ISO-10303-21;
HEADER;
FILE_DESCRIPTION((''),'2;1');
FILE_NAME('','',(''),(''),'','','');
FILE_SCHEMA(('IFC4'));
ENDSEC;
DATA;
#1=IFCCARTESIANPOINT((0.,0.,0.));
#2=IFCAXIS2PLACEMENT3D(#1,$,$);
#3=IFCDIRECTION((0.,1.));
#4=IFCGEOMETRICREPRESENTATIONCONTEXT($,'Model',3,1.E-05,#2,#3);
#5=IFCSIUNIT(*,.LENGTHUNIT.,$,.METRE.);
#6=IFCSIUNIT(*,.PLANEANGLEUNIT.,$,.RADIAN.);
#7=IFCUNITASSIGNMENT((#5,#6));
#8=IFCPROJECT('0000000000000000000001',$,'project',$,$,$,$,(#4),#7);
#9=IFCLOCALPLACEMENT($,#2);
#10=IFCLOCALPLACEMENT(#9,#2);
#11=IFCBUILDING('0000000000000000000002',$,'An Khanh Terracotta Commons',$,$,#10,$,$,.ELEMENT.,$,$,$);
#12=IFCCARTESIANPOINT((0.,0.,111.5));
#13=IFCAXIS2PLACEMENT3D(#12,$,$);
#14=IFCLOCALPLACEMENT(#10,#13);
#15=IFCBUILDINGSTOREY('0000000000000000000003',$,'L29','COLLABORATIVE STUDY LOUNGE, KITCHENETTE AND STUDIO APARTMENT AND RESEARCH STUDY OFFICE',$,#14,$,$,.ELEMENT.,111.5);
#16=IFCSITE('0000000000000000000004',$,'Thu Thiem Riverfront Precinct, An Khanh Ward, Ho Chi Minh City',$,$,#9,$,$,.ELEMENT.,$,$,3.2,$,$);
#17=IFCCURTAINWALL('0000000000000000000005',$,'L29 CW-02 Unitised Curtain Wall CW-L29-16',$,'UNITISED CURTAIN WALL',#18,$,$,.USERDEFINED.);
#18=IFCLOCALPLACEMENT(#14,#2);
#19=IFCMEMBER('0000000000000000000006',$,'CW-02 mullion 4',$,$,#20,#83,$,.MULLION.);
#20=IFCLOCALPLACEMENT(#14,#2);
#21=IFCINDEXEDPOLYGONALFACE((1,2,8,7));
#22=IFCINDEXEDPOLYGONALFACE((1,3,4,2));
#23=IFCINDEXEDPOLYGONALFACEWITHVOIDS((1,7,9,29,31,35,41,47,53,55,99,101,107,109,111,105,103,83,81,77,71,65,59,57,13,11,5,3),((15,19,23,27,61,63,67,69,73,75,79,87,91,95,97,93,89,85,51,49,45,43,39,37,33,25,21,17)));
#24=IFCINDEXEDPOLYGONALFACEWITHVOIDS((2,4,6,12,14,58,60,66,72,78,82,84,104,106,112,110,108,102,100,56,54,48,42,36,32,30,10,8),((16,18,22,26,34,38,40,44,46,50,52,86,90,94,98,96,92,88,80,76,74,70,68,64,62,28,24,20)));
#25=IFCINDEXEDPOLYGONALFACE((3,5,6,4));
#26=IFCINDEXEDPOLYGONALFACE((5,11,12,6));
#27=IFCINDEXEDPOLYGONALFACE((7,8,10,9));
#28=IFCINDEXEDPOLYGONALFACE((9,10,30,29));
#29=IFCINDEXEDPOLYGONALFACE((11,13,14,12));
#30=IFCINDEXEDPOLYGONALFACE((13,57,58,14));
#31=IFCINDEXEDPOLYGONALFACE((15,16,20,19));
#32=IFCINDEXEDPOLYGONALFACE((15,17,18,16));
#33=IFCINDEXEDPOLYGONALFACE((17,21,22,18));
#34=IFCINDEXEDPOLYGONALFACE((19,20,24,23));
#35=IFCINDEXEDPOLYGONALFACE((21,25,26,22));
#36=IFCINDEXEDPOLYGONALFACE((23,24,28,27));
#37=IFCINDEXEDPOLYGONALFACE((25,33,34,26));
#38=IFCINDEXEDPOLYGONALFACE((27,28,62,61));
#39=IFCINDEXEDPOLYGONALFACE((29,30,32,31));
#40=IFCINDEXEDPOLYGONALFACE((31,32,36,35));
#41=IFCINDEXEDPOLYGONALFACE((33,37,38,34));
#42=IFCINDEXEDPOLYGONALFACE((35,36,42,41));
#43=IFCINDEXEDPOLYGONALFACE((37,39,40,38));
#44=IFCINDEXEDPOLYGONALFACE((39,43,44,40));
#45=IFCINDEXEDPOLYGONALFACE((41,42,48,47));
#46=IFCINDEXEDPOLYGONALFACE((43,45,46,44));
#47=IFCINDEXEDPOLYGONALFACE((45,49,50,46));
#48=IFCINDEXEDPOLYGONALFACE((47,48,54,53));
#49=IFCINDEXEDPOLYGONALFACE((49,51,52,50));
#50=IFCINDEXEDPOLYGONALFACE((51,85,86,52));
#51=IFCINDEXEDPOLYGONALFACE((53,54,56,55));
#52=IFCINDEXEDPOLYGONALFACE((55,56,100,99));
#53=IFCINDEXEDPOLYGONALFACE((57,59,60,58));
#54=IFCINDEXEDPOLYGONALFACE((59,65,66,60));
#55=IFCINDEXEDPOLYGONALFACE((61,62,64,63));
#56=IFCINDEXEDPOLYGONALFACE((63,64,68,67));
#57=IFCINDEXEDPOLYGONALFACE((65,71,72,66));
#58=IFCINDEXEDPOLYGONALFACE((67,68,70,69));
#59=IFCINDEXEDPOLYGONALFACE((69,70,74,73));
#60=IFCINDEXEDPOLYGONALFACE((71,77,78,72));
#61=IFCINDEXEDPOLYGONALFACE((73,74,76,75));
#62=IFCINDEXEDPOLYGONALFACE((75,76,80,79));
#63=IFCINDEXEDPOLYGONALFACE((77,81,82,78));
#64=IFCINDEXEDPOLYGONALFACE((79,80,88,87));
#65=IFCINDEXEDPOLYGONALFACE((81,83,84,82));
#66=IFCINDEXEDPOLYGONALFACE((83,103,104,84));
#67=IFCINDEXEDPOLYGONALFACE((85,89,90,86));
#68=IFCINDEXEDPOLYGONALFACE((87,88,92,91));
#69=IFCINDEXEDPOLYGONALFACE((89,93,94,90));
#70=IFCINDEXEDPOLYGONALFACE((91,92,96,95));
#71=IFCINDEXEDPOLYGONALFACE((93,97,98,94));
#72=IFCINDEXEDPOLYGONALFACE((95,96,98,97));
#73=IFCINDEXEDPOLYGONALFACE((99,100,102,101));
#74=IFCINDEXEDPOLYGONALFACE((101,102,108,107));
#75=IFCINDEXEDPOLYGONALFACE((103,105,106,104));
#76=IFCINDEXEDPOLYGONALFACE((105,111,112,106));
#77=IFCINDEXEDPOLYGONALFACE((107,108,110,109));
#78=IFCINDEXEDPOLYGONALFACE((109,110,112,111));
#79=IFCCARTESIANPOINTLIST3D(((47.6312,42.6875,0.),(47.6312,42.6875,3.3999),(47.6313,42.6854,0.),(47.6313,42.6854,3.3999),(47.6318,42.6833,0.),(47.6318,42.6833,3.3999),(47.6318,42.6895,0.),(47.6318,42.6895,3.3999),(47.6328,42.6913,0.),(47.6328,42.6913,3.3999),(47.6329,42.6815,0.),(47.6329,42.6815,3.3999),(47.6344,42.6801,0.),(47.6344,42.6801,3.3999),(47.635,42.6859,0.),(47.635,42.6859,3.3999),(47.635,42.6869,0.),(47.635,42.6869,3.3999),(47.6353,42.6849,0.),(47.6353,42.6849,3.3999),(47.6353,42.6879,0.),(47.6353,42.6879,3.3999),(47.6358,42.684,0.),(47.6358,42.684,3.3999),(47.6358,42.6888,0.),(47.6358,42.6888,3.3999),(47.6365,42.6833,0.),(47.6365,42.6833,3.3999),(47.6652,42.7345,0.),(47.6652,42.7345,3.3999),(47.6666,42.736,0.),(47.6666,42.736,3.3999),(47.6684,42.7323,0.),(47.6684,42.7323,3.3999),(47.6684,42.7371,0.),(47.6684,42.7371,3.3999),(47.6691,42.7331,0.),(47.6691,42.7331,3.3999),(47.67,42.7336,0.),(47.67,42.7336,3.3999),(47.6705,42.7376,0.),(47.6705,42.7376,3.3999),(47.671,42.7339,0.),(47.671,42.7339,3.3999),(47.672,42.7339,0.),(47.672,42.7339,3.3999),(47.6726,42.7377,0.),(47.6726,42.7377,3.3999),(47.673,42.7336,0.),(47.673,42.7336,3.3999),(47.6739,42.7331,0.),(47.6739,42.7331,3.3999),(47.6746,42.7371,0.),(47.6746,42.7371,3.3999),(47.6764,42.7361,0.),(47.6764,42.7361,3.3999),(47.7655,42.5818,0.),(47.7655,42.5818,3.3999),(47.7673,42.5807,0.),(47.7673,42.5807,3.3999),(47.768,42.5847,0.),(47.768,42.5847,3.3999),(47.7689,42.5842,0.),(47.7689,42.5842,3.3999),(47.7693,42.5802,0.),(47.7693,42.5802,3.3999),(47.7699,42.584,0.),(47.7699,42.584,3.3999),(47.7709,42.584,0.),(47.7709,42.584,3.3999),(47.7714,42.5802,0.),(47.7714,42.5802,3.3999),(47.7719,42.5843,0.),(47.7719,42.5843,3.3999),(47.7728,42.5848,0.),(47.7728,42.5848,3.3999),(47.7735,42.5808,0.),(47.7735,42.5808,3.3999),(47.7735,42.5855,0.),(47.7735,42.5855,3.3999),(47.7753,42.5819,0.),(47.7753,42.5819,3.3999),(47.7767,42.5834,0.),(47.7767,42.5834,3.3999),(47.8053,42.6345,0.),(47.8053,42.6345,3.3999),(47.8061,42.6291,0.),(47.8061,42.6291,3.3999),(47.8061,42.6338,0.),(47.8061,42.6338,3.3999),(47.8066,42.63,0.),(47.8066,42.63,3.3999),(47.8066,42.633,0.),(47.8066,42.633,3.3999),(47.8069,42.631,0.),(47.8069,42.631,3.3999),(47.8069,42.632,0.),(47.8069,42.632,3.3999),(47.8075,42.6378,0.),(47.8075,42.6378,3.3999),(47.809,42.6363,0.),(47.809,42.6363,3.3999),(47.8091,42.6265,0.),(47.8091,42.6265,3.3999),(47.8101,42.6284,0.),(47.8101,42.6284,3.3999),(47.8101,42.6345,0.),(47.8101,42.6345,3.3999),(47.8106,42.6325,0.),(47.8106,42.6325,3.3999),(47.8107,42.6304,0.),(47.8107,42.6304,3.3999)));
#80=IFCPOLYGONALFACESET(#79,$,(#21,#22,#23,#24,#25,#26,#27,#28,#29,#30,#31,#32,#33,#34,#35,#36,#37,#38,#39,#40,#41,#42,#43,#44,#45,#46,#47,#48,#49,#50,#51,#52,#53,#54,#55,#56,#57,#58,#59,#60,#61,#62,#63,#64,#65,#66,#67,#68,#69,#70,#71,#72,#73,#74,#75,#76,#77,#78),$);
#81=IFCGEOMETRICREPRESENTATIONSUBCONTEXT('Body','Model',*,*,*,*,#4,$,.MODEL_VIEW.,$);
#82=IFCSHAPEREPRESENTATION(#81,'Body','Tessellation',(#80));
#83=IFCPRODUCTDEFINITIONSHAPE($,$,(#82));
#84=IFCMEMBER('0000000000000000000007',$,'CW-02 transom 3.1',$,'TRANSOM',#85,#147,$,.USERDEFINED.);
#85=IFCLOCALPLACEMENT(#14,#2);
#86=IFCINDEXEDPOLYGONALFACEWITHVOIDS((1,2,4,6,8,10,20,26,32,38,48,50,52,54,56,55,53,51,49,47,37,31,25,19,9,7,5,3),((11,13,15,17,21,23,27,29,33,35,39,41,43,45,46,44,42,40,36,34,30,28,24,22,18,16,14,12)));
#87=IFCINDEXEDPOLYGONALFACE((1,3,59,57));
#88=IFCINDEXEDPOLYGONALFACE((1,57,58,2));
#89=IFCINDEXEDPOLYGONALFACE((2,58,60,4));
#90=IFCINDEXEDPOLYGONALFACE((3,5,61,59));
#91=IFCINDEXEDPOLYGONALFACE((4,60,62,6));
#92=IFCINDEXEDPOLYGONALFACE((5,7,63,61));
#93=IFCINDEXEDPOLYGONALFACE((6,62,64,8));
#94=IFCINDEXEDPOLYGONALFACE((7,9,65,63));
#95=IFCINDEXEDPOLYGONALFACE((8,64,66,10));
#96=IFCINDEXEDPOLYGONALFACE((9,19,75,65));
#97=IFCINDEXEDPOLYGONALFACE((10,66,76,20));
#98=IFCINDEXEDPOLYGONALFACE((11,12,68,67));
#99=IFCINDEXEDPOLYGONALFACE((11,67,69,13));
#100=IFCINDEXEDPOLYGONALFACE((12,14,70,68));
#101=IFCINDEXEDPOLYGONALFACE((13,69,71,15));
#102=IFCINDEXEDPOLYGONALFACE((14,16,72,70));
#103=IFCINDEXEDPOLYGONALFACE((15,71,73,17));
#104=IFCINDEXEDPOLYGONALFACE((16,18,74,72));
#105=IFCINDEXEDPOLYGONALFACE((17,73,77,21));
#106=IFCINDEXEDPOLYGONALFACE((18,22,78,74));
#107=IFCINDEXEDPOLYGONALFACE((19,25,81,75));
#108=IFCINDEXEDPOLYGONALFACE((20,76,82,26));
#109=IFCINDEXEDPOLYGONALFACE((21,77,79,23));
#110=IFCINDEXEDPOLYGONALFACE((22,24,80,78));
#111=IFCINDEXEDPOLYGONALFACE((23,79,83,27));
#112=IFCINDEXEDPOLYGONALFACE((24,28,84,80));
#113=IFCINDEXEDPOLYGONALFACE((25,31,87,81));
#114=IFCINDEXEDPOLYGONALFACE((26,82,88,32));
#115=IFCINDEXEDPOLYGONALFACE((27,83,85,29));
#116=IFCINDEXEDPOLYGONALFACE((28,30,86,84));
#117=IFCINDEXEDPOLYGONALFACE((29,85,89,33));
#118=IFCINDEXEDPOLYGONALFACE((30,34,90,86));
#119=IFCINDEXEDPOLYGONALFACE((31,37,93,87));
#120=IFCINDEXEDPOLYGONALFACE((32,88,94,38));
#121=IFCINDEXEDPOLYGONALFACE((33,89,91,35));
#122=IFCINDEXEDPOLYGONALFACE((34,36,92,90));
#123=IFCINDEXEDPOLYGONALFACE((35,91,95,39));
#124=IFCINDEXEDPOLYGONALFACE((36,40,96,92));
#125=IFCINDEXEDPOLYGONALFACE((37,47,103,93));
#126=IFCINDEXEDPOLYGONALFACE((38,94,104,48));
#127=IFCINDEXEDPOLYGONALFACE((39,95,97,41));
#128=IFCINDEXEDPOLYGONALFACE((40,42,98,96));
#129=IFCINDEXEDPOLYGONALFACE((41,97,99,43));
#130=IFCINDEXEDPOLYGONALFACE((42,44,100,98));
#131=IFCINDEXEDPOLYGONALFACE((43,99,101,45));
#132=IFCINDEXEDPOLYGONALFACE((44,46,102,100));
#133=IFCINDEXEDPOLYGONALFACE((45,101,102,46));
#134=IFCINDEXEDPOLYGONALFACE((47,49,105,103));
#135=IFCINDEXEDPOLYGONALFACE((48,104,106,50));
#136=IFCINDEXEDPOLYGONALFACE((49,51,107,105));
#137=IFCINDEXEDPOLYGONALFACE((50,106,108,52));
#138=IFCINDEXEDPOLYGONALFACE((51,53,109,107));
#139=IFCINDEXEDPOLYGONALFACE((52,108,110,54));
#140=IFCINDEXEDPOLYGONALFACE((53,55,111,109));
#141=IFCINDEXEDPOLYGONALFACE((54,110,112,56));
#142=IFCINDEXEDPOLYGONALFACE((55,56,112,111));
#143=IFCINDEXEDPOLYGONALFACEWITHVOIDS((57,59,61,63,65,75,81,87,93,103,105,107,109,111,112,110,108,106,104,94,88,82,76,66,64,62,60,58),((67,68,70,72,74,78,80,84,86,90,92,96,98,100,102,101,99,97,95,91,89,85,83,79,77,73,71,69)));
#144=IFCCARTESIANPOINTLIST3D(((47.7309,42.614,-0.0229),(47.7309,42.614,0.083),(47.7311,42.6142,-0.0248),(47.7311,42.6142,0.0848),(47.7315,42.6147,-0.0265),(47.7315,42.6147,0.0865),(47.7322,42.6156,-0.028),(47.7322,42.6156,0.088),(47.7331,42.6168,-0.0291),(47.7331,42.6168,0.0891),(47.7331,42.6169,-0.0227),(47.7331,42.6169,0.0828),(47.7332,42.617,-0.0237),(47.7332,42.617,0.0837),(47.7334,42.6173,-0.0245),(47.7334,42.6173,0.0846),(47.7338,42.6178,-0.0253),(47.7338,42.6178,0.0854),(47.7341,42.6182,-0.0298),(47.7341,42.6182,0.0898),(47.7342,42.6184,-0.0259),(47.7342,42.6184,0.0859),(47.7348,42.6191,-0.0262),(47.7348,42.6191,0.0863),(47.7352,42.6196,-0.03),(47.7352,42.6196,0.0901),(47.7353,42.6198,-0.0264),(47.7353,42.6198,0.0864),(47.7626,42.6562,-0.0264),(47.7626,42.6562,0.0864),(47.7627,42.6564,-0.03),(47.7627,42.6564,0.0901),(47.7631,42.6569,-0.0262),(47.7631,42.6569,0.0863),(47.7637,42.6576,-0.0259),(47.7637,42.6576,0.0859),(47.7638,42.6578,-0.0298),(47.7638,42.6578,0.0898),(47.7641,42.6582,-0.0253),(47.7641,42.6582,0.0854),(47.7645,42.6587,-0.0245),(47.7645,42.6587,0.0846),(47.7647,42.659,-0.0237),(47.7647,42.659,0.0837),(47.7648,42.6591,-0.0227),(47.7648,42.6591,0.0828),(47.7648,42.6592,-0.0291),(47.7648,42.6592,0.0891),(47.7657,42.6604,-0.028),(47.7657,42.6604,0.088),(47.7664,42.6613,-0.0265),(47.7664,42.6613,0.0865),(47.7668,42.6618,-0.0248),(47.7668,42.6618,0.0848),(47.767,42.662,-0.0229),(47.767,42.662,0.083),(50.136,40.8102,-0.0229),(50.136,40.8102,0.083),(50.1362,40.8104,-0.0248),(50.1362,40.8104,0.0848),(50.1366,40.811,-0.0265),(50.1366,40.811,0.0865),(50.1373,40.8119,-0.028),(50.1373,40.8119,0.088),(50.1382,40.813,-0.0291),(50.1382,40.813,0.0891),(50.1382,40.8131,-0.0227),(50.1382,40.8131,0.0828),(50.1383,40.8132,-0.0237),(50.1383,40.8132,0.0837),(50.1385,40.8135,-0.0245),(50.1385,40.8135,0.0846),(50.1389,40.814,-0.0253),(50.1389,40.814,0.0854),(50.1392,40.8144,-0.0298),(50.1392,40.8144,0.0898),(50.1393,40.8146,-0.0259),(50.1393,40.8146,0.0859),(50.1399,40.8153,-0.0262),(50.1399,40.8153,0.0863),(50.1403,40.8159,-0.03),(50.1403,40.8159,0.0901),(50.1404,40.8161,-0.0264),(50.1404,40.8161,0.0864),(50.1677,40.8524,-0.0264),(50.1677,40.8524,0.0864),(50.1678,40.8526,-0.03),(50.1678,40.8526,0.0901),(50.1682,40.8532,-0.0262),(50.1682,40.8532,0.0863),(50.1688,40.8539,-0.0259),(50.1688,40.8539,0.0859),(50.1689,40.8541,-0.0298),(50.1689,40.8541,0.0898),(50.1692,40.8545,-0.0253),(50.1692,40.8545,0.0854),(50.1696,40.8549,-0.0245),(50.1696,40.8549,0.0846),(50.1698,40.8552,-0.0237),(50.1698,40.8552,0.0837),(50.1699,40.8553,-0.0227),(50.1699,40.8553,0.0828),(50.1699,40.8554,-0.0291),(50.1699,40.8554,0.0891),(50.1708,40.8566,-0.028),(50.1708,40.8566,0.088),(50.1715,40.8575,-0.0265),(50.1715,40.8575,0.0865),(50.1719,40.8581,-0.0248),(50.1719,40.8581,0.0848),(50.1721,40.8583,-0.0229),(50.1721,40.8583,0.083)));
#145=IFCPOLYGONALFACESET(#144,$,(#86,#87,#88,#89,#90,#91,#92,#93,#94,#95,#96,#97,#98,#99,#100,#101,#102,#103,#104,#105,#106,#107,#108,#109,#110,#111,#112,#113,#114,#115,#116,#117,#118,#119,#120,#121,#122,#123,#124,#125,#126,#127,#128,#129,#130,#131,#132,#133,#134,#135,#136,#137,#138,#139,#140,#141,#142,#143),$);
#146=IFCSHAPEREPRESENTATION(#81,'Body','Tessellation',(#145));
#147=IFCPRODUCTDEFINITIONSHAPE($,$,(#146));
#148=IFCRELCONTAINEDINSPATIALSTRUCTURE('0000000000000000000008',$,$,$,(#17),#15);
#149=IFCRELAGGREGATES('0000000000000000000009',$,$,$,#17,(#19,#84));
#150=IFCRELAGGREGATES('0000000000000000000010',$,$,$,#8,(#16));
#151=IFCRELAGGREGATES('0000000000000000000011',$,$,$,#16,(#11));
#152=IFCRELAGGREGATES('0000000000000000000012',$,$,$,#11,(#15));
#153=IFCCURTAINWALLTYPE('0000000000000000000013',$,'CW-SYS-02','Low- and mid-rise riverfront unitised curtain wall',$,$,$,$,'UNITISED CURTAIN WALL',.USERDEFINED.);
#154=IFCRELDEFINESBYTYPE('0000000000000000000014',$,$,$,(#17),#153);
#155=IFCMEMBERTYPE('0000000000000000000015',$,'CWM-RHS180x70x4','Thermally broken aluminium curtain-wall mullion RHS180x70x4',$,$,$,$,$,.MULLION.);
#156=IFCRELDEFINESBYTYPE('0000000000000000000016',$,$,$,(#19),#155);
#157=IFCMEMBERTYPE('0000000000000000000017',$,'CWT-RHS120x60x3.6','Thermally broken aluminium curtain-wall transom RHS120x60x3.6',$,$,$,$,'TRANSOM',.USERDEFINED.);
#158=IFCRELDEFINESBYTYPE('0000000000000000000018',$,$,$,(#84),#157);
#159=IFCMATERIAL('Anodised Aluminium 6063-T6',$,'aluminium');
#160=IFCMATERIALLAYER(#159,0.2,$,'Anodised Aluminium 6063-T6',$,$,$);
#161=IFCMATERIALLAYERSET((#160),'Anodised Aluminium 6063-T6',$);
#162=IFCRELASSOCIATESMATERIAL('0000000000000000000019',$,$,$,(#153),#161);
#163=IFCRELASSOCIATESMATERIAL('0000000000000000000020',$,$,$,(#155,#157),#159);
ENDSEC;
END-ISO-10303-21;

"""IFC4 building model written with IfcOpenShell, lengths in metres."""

from ifc_helpers import new_model, si_unit, direction, frame, origin, origin_2d, place, context, subcontext, project, spatial, hollow_rectangle, extrude, material, layer, layer_set, material_profile, profile_set, type_object, element, aggregate, save


model = new_model("IFC4")

# Units and contexts
model_context = context("Model", 3, precision=1e-05, world=origin(), true_north=direction((0.0, 1.0)))
body_context = subcontext(model_context, "Body", "Model", "MODEL_VIEW")
ifc_project = project(units=[si_unit("LENGTHUNIT", "METRE"), si_unit("PLANEANGLEUNIT", "RADIAN")], contexts=[model_context])

# Site, building, storey
site_placement = place(None, origin())
site = spatial("IfcSite", under=ifc_project, at=site_placement, Name="Thu Thiem Riverfront Precinct, An Khanh Ward, Ho Chi Minh City", CompositionType="ELEMENT", RefElevation=3.2)
building_placement = place(site_placement, origin())
building = spatial("IfcBuilding", under=site, at=building_placement, Name="An Khanh Terracotta Commons", CompositionType="ELEMENT")
storey_placement = place(building_placement, frame((0.0, 0.0, 111.5)))
storey = spatial("IfcBuildingStorey", under=building, at=storey_placement, Name="L29", Description="COLLABORATIVE STUDY LOUNGE, KITCHENETTE AND STUDIO APARTMENT AND RESEARCH STUDY OFFICE", CompositionType="ELEMENT", Elevation=111.5)

# Curtain wall, members
ifc_material_1 = material(Name="Anodised Aluminium 6063-T6", Category="aluminium")
ifc_layer_1 = layer(ifc_material_1, 0.2, Name="Anodised Aluminium 6063-T6")
ifc_layer_set_1 = layer_set([ifc_layer_1], Name="Anodised Aluminium 6063-T6")
curtain_wall_type = type_object("IfcCurtainWallType", Name="CW-SYS-02", Description="Low- and mid-rise riverfront unitised curtain wall", ElementType="UNITISED CURTAIN WALL", PredefinedType="USERDEFINED", material=ifc_layer_set_1)
curtain_wall_placement = place(storey_placement, origin())
curtain_wall = element("IfcCurtainWall", 1, at=curtain_wall_placement, inside=storey, type_object=curtain_wall_type, Name="L29 CW-02 Unitised Curtain Wall CW-L29-16", ObjectType="UNITISED CURTAIN WALL", PredefinedType="USERDEFINED")
ifc_material_profile_1 = material_profile(ifc_material_1, hollow_rectangle(XDim=0.0701, YDim=0.1799, WallThickness=0.0039, InnerFilletRadius=0.0039, OuterFilletRadius=0.0081, at=origin_2d()), Name="RHS180x70x4")
ifc_profile_set_1 = profile_set([ifc_material_profile_1], Name="Anodised Aluminium 6063-T6")
member_type_1 = type_object("IfcMemberType", Name="CWM-RHS180x70x4", Description="Thermally broken aluminium curtain-wall mullion RHS180x70x4", PredefinedType="MULLION", material=ifc_profile_set_1)
member_1_placement = place(storey_placement, frame((47.7209, 42.6589, 0.0), z_axis=(0.0, 0.0, 1.0), x_axis=(-0.599983, -0.800013, 0.0)))
member_1 = element("IfcMember", 2, at=member_1_placement, type_object=member_type_1, Name="CW-02 mullion 4", PredefinedType="MULLION", context=body_context, shape_type="SweptSolid", body=[
    extrude(hollow_rectangle(XDim=0.0701, YDim=0.1799, WallThickness=0.0039, InnerFilletRadius=0.0039, OuterFilletRadius=0.0081, at=origin_2d()), origin(), (0.0, 0.0, 1.0), 3.3999),
])
ifc_material_profile_2 = material_profile(ifc_material_1, hollow_rectangle(XDim=0.0601, YDim=0.1201, WallThickness=0.0037, InnerFilletRadius=0.0037, OuterFilletRadius=0.0071, at=origin_2d()), Name="RHS120x60x3.6")
ifc_profile_set_2 = profile_set([ifc_material_profile_2], Name="Anodised Aluminium 6063-T6")
member_type_2 = type_object("IfcMemberType", Name="CWT-RHS120x60x3.6", Description="Thermally broken aluminium curtain-wall transom RHS120x60x3.6", ElementType="TRANSOM", PredefinedType="USERDEFINED", material=ifc_profile_set_2)
member_2_placement = place(storey_placement, frame((50.1541, 40.8342, 0.03), z_axis=(-0.80001, 0.599987, 0.0), x_axis=(-0.599987, -0.80001, 0.0)))
member_2 = element("IfcMember", 3, at=member_2_placement, type_object=member_type_2, Name="CW-02 transom 3.1", ObjectType="TRANSOM", PredefinedType="USERDEFINED", context=body_context, shape_type="SweptSolid", body=[
    extrude(hollow_rectangle(XDim=0.0601, YDim=0.1201, WallThickness=0.0037, InnerFilletRadius=0.0037, OuterFilletRadius=0.0071, at=origin_2d()), origin(), (0.0, 0.0, 1.0), 3.0063),
])
aggregate(curtain_wall, [member_1, member_2])

save(model, "model.ifc")
